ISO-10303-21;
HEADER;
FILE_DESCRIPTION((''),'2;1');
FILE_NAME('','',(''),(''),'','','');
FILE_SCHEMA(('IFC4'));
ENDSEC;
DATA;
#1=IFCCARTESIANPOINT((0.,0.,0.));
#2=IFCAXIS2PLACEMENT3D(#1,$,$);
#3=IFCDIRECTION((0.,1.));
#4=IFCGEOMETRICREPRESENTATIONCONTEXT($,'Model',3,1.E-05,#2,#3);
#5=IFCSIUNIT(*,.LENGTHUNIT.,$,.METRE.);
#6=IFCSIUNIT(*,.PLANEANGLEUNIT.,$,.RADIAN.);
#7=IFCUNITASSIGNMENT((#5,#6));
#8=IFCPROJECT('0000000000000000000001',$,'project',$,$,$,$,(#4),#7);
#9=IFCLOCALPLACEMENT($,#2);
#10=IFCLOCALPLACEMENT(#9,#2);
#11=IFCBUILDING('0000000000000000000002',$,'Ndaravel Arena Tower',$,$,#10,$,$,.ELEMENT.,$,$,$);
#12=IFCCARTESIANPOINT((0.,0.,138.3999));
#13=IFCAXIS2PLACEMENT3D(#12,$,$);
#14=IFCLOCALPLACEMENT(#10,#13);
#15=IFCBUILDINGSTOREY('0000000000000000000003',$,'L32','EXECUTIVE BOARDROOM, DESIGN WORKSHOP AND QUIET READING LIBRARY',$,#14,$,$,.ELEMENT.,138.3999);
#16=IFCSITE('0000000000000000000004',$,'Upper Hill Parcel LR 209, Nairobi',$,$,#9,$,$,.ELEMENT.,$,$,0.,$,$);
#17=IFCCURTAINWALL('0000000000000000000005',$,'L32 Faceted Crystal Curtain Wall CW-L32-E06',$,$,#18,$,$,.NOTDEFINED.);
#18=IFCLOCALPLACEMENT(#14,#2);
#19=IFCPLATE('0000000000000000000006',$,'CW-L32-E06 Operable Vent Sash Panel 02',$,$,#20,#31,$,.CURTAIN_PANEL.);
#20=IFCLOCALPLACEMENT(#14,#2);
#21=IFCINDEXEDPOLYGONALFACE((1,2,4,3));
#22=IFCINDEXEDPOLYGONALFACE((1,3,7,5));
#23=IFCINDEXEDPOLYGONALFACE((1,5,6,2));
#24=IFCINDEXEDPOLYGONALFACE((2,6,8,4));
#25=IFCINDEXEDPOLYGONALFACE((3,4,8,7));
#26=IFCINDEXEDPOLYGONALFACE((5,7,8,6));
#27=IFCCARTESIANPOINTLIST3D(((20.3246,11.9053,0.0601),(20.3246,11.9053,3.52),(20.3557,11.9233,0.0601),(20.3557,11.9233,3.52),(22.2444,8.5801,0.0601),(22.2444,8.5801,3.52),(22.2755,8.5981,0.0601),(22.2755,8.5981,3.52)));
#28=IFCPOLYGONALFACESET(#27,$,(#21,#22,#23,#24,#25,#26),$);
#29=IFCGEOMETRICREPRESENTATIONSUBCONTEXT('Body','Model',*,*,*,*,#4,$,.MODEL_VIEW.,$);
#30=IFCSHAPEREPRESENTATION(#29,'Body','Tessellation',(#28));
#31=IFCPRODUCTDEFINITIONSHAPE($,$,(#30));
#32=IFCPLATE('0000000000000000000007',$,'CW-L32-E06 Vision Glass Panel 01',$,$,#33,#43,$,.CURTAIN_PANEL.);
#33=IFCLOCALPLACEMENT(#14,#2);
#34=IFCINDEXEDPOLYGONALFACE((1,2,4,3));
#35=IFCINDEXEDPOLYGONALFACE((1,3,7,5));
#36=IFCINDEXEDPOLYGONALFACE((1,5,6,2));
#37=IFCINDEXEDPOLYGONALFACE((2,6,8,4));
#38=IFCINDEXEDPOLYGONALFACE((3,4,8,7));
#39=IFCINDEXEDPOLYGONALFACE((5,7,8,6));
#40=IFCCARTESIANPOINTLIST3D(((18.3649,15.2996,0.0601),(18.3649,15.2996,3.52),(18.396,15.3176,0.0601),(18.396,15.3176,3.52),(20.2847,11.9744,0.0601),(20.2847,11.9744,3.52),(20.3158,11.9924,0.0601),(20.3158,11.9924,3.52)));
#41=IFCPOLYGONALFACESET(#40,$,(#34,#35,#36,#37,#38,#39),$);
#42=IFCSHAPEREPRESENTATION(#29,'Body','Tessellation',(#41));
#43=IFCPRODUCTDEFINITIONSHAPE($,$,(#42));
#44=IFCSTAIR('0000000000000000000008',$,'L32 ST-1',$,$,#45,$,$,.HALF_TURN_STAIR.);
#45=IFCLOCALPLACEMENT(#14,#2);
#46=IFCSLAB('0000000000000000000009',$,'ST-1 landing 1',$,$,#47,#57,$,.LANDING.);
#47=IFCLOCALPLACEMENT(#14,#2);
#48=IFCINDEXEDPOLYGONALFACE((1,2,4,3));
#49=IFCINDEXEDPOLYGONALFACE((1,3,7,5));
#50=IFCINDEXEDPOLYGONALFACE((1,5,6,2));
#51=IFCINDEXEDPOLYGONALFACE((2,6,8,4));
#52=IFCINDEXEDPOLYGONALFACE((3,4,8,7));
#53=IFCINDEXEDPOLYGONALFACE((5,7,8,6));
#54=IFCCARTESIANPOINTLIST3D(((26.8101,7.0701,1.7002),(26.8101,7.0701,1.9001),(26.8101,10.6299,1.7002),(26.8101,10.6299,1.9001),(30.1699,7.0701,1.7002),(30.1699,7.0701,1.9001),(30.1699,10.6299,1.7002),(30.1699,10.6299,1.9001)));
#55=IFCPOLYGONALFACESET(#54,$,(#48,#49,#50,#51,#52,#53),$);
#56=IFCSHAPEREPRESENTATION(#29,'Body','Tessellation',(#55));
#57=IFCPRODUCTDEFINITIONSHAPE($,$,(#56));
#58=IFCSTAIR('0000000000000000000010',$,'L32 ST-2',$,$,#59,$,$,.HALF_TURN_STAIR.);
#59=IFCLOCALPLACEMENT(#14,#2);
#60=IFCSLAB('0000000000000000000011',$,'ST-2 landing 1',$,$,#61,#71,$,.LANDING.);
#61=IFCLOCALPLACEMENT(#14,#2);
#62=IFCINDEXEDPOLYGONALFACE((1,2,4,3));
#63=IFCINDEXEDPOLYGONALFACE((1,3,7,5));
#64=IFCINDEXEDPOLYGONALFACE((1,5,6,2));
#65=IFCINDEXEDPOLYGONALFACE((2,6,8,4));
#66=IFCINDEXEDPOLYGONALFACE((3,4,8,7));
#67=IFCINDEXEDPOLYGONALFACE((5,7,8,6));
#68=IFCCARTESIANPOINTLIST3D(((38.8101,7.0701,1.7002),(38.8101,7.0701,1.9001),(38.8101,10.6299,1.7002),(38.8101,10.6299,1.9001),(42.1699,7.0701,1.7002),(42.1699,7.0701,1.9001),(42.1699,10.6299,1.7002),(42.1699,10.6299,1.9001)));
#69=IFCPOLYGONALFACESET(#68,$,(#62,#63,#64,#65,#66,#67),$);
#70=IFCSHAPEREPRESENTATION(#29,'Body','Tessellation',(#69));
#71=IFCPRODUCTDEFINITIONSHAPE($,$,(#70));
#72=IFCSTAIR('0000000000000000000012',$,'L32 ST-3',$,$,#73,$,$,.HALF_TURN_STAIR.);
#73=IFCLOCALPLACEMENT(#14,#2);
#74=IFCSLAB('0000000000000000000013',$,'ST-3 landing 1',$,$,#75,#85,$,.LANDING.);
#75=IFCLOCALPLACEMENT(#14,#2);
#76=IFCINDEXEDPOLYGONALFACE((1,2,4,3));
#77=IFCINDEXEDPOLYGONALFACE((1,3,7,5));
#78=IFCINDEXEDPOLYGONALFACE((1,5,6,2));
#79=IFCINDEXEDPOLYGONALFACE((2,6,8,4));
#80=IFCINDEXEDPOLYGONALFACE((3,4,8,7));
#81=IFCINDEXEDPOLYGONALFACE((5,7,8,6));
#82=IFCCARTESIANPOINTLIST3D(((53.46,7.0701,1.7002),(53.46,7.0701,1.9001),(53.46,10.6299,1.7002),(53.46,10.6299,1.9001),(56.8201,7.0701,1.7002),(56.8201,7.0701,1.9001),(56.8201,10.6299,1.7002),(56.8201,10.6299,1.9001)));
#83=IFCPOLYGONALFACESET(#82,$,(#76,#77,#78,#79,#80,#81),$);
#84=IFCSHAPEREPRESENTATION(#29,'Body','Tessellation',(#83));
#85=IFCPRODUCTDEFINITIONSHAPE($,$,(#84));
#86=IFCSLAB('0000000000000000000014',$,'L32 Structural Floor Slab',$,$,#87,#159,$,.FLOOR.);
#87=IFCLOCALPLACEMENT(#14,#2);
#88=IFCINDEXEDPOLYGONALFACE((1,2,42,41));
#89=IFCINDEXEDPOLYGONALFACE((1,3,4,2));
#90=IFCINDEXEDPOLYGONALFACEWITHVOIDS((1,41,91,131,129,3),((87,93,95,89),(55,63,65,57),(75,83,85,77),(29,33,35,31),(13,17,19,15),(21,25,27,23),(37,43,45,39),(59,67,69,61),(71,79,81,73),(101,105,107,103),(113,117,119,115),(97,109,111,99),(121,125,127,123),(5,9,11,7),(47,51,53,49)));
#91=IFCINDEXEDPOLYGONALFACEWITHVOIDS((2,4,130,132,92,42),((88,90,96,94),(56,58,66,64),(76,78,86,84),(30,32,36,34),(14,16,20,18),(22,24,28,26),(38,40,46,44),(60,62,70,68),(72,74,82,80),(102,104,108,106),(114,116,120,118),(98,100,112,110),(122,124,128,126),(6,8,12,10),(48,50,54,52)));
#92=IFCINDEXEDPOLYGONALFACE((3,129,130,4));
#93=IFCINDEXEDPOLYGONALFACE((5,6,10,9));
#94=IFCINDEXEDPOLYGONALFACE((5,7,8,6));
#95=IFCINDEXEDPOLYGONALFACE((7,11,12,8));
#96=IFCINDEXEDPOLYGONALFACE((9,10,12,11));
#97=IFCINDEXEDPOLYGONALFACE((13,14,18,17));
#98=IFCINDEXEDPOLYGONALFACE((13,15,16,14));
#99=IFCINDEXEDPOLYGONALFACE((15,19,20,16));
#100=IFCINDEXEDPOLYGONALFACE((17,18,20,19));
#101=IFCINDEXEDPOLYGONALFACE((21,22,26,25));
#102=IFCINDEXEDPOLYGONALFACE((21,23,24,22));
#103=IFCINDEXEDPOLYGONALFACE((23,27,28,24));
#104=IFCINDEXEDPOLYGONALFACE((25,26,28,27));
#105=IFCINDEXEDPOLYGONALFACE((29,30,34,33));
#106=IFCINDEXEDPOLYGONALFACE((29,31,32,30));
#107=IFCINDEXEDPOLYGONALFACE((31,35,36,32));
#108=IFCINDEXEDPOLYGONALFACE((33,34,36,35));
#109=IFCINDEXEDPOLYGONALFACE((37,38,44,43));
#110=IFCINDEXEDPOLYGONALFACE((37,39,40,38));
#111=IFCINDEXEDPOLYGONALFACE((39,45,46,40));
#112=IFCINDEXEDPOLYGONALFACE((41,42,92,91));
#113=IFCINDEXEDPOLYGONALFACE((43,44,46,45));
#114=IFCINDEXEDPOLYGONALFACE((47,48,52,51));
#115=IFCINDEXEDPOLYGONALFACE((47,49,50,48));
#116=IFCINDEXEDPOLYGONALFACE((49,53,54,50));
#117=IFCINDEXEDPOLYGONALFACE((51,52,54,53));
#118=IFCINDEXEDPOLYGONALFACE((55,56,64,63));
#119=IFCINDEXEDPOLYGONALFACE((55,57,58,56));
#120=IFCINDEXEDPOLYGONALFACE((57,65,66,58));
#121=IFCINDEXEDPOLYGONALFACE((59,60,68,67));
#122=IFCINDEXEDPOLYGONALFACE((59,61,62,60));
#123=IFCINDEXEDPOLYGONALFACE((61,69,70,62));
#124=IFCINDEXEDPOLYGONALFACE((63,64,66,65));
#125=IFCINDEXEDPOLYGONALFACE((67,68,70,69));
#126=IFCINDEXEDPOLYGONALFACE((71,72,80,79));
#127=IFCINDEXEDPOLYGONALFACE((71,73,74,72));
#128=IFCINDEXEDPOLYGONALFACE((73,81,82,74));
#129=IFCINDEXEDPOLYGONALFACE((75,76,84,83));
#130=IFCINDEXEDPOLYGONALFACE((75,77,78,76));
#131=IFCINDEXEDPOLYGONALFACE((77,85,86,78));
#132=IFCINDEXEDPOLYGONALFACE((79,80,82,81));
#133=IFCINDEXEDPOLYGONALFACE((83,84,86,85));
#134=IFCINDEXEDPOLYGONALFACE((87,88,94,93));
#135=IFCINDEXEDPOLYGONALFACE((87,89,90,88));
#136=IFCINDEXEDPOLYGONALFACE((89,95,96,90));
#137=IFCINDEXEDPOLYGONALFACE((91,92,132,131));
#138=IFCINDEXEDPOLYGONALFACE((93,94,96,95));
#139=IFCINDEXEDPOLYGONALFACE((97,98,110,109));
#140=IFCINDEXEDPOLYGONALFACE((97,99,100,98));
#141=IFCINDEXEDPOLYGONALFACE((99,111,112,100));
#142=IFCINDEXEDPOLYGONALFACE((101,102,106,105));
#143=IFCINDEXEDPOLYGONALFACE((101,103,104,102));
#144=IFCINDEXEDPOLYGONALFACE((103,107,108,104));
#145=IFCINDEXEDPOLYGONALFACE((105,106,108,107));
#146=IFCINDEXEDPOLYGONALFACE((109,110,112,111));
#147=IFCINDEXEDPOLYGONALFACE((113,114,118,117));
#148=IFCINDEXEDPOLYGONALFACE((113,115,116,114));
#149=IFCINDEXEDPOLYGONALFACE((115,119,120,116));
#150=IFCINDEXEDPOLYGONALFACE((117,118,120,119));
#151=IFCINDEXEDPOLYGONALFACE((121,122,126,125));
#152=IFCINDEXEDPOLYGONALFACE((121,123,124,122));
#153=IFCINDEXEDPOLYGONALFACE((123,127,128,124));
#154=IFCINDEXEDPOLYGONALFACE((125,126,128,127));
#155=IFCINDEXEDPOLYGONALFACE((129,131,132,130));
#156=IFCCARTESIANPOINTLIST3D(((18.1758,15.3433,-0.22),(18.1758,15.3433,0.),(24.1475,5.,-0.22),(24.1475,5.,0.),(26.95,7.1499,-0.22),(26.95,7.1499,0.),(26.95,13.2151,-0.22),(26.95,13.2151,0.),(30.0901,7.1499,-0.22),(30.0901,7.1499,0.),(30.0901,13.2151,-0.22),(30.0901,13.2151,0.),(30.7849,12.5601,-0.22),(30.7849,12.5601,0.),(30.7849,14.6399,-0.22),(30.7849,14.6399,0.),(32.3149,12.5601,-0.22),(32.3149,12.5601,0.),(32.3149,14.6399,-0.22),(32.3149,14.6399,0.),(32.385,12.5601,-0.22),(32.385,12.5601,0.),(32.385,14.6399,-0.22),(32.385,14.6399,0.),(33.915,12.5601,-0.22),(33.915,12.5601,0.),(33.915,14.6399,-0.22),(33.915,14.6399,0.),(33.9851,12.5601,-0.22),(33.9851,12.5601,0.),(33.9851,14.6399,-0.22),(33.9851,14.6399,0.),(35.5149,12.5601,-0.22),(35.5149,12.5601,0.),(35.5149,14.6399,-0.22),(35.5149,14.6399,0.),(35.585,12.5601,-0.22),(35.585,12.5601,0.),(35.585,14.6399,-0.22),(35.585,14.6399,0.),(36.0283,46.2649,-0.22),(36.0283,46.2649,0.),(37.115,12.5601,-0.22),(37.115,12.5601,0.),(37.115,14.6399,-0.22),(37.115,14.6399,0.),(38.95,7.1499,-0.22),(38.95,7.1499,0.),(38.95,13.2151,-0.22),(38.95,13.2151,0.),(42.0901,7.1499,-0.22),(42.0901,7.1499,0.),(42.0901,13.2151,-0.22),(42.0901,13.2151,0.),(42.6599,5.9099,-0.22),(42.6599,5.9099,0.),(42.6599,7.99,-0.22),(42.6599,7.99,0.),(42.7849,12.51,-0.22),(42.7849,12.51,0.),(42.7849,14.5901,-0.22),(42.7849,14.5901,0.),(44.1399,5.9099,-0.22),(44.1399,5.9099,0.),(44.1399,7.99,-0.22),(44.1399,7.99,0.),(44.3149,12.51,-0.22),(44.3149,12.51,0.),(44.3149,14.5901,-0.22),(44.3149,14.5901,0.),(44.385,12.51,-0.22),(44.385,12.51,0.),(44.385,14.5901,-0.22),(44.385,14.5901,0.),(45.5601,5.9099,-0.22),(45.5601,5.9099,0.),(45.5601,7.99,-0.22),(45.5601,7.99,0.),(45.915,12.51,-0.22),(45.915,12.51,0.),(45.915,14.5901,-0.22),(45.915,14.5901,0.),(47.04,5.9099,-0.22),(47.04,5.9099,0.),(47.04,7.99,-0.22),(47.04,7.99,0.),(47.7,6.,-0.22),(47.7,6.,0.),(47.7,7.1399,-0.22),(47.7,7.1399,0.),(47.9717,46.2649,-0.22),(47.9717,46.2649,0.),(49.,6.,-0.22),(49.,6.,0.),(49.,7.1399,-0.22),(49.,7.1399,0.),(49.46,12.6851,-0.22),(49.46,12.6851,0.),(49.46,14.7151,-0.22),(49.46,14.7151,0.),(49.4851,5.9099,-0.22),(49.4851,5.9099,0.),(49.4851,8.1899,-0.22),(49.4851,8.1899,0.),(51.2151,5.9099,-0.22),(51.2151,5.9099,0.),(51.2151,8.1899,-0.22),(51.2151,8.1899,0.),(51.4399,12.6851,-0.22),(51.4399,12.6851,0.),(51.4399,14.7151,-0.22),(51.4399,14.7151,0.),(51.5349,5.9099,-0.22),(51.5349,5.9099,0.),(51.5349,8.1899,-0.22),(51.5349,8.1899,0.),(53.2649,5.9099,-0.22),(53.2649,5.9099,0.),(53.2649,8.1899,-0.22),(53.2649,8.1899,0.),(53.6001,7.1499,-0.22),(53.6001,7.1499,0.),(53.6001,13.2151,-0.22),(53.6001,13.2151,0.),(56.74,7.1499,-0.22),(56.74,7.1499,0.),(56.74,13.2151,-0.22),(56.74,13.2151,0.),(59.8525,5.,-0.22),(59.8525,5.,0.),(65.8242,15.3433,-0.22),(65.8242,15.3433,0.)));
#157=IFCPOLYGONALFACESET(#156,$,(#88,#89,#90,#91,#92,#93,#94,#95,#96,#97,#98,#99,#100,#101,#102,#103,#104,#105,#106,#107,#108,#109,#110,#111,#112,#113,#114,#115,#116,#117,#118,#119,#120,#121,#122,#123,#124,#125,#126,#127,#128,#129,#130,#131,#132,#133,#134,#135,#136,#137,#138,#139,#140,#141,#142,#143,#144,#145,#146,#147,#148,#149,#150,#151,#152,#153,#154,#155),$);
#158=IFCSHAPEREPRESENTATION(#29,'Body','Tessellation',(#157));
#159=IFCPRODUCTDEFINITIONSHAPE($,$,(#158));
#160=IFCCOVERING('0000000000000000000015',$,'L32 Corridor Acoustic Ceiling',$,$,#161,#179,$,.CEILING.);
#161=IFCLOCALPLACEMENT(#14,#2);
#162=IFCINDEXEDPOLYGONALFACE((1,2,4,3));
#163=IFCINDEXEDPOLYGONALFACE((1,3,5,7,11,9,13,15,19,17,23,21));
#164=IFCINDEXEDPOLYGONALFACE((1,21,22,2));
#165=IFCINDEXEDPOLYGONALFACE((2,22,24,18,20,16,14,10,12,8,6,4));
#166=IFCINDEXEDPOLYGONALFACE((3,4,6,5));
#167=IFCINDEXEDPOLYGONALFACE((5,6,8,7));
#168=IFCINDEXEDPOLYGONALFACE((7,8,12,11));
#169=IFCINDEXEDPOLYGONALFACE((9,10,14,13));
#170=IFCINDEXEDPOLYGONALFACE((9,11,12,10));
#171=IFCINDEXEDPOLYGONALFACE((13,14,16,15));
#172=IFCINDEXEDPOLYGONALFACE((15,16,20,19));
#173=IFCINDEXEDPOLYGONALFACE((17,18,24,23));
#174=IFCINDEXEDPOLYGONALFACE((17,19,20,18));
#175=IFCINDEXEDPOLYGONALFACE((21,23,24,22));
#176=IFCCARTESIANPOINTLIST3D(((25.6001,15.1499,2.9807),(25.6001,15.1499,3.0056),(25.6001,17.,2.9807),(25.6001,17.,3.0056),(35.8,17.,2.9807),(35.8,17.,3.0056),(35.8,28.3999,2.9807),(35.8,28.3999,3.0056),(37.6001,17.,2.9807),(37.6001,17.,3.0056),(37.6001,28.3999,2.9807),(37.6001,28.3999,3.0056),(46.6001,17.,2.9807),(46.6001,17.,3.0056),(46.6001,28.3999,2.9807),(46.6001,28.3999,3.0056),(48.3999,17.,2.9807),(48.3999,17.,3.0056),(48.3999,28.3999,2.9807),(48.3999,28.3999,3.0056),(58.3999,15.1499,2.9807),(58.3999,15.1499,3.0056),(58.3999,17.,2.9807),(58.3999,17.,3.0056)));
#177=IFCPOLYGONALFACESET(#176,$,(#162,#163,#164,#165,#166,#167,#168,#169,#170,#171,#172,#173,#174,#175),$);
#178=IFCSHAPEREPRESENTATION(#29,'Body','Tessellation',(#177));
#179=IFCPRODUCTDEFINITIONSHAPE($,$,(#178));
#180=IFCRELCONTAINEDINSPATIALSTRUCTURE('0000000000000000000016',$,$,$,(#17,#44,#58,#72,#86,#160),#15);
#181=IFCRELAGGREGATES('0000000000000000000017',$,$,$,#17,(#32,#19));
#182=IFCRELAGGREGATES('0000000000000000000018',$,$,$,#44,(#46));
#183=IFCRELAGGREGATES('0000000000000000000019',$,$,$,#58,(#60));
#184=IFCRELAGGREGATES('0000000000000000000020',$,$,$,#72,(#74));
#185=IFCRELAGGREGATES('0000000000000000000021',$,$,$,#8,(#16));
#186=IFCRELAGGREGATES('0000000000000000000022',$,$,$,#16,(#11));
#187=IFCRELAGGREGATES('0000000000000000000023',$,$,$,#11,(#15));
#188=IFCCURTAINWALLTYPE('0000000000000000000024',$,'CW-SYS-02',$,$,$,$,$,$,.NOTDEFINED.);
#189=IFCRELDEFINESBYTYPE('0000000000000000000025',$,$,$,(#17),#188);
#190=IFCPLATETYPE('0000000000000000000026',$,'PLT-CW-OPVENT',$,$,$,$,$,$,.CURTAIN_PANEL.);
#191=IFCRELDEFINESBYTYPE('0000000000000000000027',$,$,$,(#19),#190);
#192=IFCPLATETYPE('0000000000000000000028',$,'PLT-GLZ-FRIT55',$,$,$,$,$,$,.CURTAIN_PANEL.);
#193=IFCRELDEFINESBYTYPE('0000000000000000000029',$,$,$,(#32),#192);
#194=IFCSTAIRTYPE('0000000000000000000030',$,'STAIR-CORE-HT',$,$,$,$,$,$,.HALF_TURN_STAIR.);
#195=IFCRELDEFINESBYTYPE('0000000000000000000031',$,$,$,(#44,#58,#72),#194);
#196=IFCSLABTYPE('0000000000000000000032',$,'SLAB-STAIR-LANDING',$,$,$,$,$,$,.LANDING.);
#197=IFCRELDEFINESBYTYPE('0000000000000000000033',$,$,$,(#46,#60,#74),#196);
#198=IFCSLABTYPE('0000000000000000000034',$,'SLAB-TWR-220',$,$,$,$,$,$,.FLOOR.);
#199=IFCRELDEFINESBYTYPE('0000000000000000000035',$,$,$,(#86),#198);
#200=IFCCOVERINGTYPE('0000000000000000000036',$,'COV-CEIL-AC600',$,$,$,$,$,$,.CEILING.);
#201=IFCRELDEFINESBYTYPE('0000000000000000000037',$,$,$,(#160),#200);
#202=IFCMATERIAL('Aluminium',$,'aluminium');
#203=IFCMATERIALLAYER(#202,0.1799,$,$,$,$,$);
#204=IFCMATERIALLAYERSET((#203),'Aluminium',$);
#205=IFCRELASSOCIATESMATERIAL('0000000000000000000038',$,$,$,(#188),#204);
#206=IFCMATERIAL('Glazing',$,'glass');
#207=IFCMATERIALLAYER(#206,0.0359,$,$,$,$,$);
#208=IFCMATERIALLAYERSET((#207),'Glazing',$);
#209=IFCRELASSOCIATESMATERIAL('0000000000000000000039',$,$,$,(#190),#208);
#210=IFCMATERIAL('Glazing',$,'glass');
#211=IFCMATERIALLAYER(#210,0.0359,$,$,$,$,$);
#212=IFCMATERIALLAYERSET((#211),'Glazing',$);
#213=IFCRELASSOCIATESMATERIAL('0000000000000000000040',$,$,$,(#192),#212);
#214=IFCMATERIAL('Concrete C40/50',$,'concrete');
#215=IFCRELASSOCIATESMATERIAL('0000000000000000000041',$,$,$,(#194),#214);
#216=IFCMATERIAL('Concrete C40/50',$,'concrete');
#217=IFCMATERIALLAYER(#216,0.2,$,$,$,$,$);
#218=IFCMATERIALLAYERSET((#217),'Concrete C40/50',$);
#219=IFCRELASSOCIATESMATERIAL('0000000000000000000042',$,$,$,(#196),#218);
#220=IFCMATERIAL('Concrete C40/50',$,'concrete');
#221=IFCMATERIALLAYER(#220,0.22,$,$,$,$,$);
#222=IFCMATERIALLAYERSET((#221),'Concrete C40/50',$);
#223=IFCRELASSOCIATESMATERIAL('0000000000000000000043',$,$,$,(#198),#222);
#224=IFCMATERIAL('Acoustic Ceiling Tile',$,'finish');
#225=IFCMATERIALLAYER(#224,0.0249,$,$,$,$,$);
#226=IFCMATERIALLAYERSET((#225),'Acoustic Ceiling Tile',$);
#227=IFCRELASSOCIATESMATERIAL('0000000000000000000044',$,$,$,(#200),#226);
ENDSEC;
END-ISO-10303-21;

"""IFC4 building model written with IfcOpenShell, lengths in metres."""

from ifc_helpers import new_model, si_unit, direction, frame, origin, origin_2d, place, context, subcontext, project, spatial, polyline, rectangle, outline, extrude, material, layer, layer_set, type_object, element, aggregate, save


model = new_model("IFC4")

# Units and contexts
model_context = context("Model", 3, precision=1e-05, world=origin(), true_north=direction((0.0, 1.0)))
body_context = subcontext(model_context, "Body", "Model", "MODEL_VIEW")
ifc_project = project(units=[si_unit("LENGTHUNIT", "METRE"), si_unit("PLANEANGLEUNIT", "RADIAN")], contexts=[model_context])

# Site, building, storey
site_placement = place(None, origin())
site = spatial("IfcSite", under=ifc_project, at=site_placement, Name="Upper Hill Parcel LR 209, Nairobi", CompositionType="ELEMENT", RefElevation=0.0)
building_placement = place(site_placement, origin())
building = spatial("IfcBuilding", under=site, at=building_placement, Name="Ndaravel Arena Tower", CompositionType="ELEMENT")
storey_placement = place(building_placement, frame((0.0, 0.0, 138.3999)))
storey = spatial("IfcBuildingStorey", under=building, at=storey_placement, Name="L32", Description="EXECUTIVE BOARDROOM, DESIGN WORKSHOP AND QUIET READING LIBRARY", CompositionType="ELEMENT", Elevation=138.3999)

# Curtain wall, plates
ifc_material_1 = material(Name="Aluminium", Category="aluminium")
ifc_layer_1 = layer(ifc_material_1, 0.1799)
ifc_layer_set_1 = layer_set([ifc_layer_1], Name="Aluminium")
curtain_wall_type = type_object("IfcCurtainWallType", Name="CW-SYS-02", PredefinedType="NOTDEFINED", material=ifc_layer_set_1)
curtain_wall_placement = place(storey_placement, origin())
curtain_wall = element("IfcCurtainWall", 1, at=curtain_wall_placement, inside=storey, type_object=curtain_wall_type, Name="L32 Faceted Crystal Curtain Wall CW-L32-E06", PredefinedType="NOTDEFINED")
ifc_material_2 = material(Name="Glazing", Category="glass")
ifc_layer_2 = layer(ifc_material_2, 0.0359)
ifc_layer_set_2 = layer_set([ifc_layer_2], Name="Glazing")
plate_type_1 = type_object("IfcPlateType", Name="PLT-CW-OPVENT", PredefinedType="CURTAIN_PANEL", material=ifc_layer_set_2)
plate_1_placement = place(storey_placement, frame((21.3, 10.2517, 0.0601), z_axis=(0.0, 0.0, 1.0), x_axis=(0.5, -0.866025, 0.0)))
plate_1 = element("IfcPlate", 2, at=plate_1_placement, type_object=plate_type_1, Name="CW-L32-E06 Operable Vent Sash Panel 02", PredefinedType="CURTAIN_PANEL", context=body_context, shape_type="SweptSolid", body=[
    extrude(rectangle(XDim=3.8396, YDim=0.0359, at=origin_2d()), origin(), (0.0, 0.0, 1.0), 3.46),
])
ifc_material_3 = material(Name="Glazing", Category="glass")
ifc_layer_3 = layer(ifc_material_3, 0.0359)
ifc_layer_set_3 = layer_set([ifc_layer_3], Name="Glazing")
plate_type_2 = type_object("IfcPlateType", Name="PLT-GLZ-FRIT55", PredefinedType="CURTAIN_PANEL", material=ifc_layer_set_3)
plate_2_placement = place(storey_placement, frame((19.3403, 13.646, 0.0601), z_axis=(0.0, 0.0, 1.0), x_axis=(0.5, -0.866025, 0.0)))
plate_2 = element("IfcPlate", 3, at=plate_2_placement, type_object=plate_type_2, Name="CW-L32-E06 Vision Glass Panel 01", PredefinedType="CURTAIN_PANEL", context=body_context, shape_type="SweptSolid", body=[
    extrude(rectangle(XDim=3.8396, YDim=0.0359, at=origin_2d()), origin(), (0.0, 0.0, 1.0), 3.46),
])
aggregate(curtain_wall, [plate_2, plate_1])

# Stairs, slabs
ifc_material_4 = material(Name="Concrete C40/50", Category="concrete")
stair_type = type_object("IfcStairType", Name="STAIR-CORE-HT", PredefinedType="HALF_TURN_STAIR", material=ifc_material_4)
stair_1_placement = place(storey_placement, origin())
stair_1 = element("IfcStair", 4, at=stair_1_placement, inside=storey, type_object=stair_type, Name="L32 ST-1", PredefinedType="HALF_TURN_STAIR")
ifc_material_5 = material(Name="Concrete C40/50", Category="concrete")
ifc_layer_4 = layer(ifc_material_5, 0.2)
ifc_layer_set_4 = layer_set([ifc_layer_4], Name="Concrete C40/50")
slab_type_1 = type_object("IfcSlabType", Name="SLAB-STAIR-LANDING", PredefinedType="LANDING", material=ifc_layer_set_4)
slab_1_placement = place(storey_placement, frame((0.0, 0.0, 1.7002)))
slab_1 = element("IfcSlab", 5, at=slab_1_placement, type_object=slab_type_1, Name="ST-1 landing 1", PredefinedType="LANDING", context=body_context, shape_type="SweptSolid", body=[
    extrude(outline(polyline([(26.8101, 10.6299), (26.8101, 7.0701), (30.1699, 7.0701), (30.1699, 10.6299), (26.8101, 10.6299)])), origin(), (0.0, 0.0, 1.0), 0.2),
])
aggregate(stair_1, [slab_1])
stair_2_placement = place(storey_placement, origin())
stair_2 = element("IfcStair", 6, at=stair_2_placement, inside=storey, type_object=stair_type, Name="L32 ST-2", PredefinedType="HALF_TURN_STAIR")
slab_2_placement = place(storey_placement, frame((0.0, 0.0, 1.7002)))
slab_2 = element("IfcSlab", 7, at=slab_2_placement, type_object=slab_type_1, Name="ST-2 landing 1", PredefinedType="LANDING", context=body_context, shape_type="SweptSolid", body=[
    extrude(outline(polyline([(38.8101, 10.6299), (38.8101, 7.0701), (42.1699, 7.0701), (42.1699, 10.6299), (38.8101, 10.6299)])), origin(), (0.0, 0.0, 1.0), 0.2),
])
aggregate(stair_2, [slab_2])
stair_3_placement = place(storey_placement, origin())
stair_3 = element("IfcStair", 8, at=stair_3_placement, inside=storey, type_object=stair_type, Name="L32 ST-3", PredefinedType="HALF_TURN_STAIR")
slab_3_placement = place(storey_placement, frame((0.0, 0.0, 1.7002)))
slab_3 = element("IfcSlab", 9, at=slab_3_placement, type_object=slab_type_1, Name="ST-3 landing 1", PredefinedType="LANDING", context=body_context, shape_type="SweptSolid", body=[
    extrude(outline(polyline([(53.46, 10.6299), (53.46, 7.0701), (56.8201, 7.0701), (56.8201, 10.6299), (53.46, 10.6299)])), origin(), (0.0, 0.0, 1.0), 0.2),
])
aggregate(stair_3, [slab_3])

# Slab
ifc_material_6 = material(Name="Concrete C40/50", Category="concrete")
ifc_layer_5 = layer(ifc_material_6, 0.22)
ifc_layer_set_5 = layer_set([ifc_layer_5], Name="Concrete C40/50")
slab_type_2 = type_object("IfcSlabType", Name="SLAB-TWR-220", PredefinedType="FLOOR", material=ifc_layer_set_5)
slab_4_placement = place(storey_placement, frame((0.0, 0.0, -0.22)))
element("IfcSlab", 10, at=slab_4_placement, inside=storey, type_object=slab_type_2, Name="L32 Structural Floor Slab", PredefinedType="FLOOR", context=body_context, shape_type="SweptSolid", body=[
    extrude(outline(polyline([(18.1758, 15.3433), (24.1475, 5.0), (59.8525, 5.0), (65.8242, 15.3433), (47.9717, 46.2649), (36.0283, 46.2649), (18.1758, 15.3433)]), holes=[polyline([(26.95, 13.2151), (26.95, 7.1499), (30.0901, 7.1499), (30.0901, 13.2151), (26.95, 13.2151)]), polyline([(38.95, 13.2151), (38.95, 7.1499), (42.0901, 7.1499), (42.0901, 13.2151), (38.95, 13.2151)]), polyline([(53.6001, 13.2151), (53.6001, 7.1499), (56.74, 7.1499), (56.74, 13.2151), (53.6001, 13.2151)]), polyline([(30.7849, 12.5601), (32.3149, 12.5601), (32.3149, 14.6399), (30.7849, 14.6399), (30.7849, 12.5601)]), polyline([(32.385, 12.5601), (33.915, 12.5601), (33.915, 14.6399), (32.385, 14.6399), (32.385, 12.5601)]), polyline([(33.9851, 12.5601), (35.5149, 12.5601), (35.5149, 14.6399), (33.9851, 14.6399), (33.9851, 12.5601)]), polyline([(35.585, 12.5601), (37.115, 12.5601), (37.115, 14.6399), (35.585, 14.6399), (35.585, 12.5601)]), polyline([(42.6599, 5.9099), (44.1399, 5.9099), (44.1399, 7.99), (42.6599, 7.99), (42.6599, 5.9099)]), polyline([(45.5601, 5.9099), (47.04, 5.9099), (47.04, 7.99), (45.5601, 7.99), (45.5601, 5.9099)]), polyline([(42.7849, 12.51), (44.3149, 12.51), (44.3149, 14.5901), (42.7849, 14.5901), (42.7849, 12.51)]), polyline([(44.385, 12.51), (45.915, 12.51), (45.915, 14.5901), (44.385, 14.5901), (44.385, 12.51)]), polyline([(49.4851, 5.9099), (51.2151, 5.9099), (51.2151, 8.1899), (49.4851, 8.1899), (49.4851, 5.9099)]), polyline([(51.5349, 5.9099), (53.2649, 5.9099), (53.2649, 8.1899), (51.5349, 8.1899), (51.5349, 5.9099)]), polyline([(49.46, 12.6851), (51.4399, 12.6851), (51.4399, 14.7151), (49.46, 14.7151), (49.46, 12.6851)]), polyline([(47.7, 6.0), (49.0, 6.0), (49.0, 7.1399), (47.7, 7.1399), (47.7, 6.0)])]), origin(), (0.0, 0.0, 1.0), 0.22),
])

# Covering
ifc_material_7 = material(Name="Acoustic Ceiling Tile", Category="finish")
ifc_layer_6 = layer(ifc_material_7, 0.0249)
ifc_layer_set_6 = layer_set([ifc_layer_6], Name="Acoustic Ceiling Tile")
covering_type_1 = type_object("IfcCoveringType", Name="COV-CEIL-AC600", PredefinedType="CEILING", material=ifc_layer_set_6)
covering_1_placement = place(storey_placement, frame((0.0, 0.0, 2.9807)))
element("IfcCovering", 11, at=covering_1_placement, inside=storey, type_object=covering_type_1, Name="L32 Corridor Acoustic Ceiling", PredefinedType="CEILING", context=body_context, shape_type="SweptSolid", body=[
    extrude(outline(polyline([(58.3999, 17.0), (48.3999, 17.0), (48.3999, 28.3999), (46.6001, 28.3999), (46.6001, 17.0), (37.6001, 17.0), (37.6001, 28.3999), (35.8, 28.3999), (35.8, 17.0), (25.6001, 17.0), (25.6001, 15.1499), (58.3999, 15.1499), (58.3999, 17.0)])), origin(), (0.0, 0.0, 1.0), 0.0249),
])

save(model, "model.ifc")
